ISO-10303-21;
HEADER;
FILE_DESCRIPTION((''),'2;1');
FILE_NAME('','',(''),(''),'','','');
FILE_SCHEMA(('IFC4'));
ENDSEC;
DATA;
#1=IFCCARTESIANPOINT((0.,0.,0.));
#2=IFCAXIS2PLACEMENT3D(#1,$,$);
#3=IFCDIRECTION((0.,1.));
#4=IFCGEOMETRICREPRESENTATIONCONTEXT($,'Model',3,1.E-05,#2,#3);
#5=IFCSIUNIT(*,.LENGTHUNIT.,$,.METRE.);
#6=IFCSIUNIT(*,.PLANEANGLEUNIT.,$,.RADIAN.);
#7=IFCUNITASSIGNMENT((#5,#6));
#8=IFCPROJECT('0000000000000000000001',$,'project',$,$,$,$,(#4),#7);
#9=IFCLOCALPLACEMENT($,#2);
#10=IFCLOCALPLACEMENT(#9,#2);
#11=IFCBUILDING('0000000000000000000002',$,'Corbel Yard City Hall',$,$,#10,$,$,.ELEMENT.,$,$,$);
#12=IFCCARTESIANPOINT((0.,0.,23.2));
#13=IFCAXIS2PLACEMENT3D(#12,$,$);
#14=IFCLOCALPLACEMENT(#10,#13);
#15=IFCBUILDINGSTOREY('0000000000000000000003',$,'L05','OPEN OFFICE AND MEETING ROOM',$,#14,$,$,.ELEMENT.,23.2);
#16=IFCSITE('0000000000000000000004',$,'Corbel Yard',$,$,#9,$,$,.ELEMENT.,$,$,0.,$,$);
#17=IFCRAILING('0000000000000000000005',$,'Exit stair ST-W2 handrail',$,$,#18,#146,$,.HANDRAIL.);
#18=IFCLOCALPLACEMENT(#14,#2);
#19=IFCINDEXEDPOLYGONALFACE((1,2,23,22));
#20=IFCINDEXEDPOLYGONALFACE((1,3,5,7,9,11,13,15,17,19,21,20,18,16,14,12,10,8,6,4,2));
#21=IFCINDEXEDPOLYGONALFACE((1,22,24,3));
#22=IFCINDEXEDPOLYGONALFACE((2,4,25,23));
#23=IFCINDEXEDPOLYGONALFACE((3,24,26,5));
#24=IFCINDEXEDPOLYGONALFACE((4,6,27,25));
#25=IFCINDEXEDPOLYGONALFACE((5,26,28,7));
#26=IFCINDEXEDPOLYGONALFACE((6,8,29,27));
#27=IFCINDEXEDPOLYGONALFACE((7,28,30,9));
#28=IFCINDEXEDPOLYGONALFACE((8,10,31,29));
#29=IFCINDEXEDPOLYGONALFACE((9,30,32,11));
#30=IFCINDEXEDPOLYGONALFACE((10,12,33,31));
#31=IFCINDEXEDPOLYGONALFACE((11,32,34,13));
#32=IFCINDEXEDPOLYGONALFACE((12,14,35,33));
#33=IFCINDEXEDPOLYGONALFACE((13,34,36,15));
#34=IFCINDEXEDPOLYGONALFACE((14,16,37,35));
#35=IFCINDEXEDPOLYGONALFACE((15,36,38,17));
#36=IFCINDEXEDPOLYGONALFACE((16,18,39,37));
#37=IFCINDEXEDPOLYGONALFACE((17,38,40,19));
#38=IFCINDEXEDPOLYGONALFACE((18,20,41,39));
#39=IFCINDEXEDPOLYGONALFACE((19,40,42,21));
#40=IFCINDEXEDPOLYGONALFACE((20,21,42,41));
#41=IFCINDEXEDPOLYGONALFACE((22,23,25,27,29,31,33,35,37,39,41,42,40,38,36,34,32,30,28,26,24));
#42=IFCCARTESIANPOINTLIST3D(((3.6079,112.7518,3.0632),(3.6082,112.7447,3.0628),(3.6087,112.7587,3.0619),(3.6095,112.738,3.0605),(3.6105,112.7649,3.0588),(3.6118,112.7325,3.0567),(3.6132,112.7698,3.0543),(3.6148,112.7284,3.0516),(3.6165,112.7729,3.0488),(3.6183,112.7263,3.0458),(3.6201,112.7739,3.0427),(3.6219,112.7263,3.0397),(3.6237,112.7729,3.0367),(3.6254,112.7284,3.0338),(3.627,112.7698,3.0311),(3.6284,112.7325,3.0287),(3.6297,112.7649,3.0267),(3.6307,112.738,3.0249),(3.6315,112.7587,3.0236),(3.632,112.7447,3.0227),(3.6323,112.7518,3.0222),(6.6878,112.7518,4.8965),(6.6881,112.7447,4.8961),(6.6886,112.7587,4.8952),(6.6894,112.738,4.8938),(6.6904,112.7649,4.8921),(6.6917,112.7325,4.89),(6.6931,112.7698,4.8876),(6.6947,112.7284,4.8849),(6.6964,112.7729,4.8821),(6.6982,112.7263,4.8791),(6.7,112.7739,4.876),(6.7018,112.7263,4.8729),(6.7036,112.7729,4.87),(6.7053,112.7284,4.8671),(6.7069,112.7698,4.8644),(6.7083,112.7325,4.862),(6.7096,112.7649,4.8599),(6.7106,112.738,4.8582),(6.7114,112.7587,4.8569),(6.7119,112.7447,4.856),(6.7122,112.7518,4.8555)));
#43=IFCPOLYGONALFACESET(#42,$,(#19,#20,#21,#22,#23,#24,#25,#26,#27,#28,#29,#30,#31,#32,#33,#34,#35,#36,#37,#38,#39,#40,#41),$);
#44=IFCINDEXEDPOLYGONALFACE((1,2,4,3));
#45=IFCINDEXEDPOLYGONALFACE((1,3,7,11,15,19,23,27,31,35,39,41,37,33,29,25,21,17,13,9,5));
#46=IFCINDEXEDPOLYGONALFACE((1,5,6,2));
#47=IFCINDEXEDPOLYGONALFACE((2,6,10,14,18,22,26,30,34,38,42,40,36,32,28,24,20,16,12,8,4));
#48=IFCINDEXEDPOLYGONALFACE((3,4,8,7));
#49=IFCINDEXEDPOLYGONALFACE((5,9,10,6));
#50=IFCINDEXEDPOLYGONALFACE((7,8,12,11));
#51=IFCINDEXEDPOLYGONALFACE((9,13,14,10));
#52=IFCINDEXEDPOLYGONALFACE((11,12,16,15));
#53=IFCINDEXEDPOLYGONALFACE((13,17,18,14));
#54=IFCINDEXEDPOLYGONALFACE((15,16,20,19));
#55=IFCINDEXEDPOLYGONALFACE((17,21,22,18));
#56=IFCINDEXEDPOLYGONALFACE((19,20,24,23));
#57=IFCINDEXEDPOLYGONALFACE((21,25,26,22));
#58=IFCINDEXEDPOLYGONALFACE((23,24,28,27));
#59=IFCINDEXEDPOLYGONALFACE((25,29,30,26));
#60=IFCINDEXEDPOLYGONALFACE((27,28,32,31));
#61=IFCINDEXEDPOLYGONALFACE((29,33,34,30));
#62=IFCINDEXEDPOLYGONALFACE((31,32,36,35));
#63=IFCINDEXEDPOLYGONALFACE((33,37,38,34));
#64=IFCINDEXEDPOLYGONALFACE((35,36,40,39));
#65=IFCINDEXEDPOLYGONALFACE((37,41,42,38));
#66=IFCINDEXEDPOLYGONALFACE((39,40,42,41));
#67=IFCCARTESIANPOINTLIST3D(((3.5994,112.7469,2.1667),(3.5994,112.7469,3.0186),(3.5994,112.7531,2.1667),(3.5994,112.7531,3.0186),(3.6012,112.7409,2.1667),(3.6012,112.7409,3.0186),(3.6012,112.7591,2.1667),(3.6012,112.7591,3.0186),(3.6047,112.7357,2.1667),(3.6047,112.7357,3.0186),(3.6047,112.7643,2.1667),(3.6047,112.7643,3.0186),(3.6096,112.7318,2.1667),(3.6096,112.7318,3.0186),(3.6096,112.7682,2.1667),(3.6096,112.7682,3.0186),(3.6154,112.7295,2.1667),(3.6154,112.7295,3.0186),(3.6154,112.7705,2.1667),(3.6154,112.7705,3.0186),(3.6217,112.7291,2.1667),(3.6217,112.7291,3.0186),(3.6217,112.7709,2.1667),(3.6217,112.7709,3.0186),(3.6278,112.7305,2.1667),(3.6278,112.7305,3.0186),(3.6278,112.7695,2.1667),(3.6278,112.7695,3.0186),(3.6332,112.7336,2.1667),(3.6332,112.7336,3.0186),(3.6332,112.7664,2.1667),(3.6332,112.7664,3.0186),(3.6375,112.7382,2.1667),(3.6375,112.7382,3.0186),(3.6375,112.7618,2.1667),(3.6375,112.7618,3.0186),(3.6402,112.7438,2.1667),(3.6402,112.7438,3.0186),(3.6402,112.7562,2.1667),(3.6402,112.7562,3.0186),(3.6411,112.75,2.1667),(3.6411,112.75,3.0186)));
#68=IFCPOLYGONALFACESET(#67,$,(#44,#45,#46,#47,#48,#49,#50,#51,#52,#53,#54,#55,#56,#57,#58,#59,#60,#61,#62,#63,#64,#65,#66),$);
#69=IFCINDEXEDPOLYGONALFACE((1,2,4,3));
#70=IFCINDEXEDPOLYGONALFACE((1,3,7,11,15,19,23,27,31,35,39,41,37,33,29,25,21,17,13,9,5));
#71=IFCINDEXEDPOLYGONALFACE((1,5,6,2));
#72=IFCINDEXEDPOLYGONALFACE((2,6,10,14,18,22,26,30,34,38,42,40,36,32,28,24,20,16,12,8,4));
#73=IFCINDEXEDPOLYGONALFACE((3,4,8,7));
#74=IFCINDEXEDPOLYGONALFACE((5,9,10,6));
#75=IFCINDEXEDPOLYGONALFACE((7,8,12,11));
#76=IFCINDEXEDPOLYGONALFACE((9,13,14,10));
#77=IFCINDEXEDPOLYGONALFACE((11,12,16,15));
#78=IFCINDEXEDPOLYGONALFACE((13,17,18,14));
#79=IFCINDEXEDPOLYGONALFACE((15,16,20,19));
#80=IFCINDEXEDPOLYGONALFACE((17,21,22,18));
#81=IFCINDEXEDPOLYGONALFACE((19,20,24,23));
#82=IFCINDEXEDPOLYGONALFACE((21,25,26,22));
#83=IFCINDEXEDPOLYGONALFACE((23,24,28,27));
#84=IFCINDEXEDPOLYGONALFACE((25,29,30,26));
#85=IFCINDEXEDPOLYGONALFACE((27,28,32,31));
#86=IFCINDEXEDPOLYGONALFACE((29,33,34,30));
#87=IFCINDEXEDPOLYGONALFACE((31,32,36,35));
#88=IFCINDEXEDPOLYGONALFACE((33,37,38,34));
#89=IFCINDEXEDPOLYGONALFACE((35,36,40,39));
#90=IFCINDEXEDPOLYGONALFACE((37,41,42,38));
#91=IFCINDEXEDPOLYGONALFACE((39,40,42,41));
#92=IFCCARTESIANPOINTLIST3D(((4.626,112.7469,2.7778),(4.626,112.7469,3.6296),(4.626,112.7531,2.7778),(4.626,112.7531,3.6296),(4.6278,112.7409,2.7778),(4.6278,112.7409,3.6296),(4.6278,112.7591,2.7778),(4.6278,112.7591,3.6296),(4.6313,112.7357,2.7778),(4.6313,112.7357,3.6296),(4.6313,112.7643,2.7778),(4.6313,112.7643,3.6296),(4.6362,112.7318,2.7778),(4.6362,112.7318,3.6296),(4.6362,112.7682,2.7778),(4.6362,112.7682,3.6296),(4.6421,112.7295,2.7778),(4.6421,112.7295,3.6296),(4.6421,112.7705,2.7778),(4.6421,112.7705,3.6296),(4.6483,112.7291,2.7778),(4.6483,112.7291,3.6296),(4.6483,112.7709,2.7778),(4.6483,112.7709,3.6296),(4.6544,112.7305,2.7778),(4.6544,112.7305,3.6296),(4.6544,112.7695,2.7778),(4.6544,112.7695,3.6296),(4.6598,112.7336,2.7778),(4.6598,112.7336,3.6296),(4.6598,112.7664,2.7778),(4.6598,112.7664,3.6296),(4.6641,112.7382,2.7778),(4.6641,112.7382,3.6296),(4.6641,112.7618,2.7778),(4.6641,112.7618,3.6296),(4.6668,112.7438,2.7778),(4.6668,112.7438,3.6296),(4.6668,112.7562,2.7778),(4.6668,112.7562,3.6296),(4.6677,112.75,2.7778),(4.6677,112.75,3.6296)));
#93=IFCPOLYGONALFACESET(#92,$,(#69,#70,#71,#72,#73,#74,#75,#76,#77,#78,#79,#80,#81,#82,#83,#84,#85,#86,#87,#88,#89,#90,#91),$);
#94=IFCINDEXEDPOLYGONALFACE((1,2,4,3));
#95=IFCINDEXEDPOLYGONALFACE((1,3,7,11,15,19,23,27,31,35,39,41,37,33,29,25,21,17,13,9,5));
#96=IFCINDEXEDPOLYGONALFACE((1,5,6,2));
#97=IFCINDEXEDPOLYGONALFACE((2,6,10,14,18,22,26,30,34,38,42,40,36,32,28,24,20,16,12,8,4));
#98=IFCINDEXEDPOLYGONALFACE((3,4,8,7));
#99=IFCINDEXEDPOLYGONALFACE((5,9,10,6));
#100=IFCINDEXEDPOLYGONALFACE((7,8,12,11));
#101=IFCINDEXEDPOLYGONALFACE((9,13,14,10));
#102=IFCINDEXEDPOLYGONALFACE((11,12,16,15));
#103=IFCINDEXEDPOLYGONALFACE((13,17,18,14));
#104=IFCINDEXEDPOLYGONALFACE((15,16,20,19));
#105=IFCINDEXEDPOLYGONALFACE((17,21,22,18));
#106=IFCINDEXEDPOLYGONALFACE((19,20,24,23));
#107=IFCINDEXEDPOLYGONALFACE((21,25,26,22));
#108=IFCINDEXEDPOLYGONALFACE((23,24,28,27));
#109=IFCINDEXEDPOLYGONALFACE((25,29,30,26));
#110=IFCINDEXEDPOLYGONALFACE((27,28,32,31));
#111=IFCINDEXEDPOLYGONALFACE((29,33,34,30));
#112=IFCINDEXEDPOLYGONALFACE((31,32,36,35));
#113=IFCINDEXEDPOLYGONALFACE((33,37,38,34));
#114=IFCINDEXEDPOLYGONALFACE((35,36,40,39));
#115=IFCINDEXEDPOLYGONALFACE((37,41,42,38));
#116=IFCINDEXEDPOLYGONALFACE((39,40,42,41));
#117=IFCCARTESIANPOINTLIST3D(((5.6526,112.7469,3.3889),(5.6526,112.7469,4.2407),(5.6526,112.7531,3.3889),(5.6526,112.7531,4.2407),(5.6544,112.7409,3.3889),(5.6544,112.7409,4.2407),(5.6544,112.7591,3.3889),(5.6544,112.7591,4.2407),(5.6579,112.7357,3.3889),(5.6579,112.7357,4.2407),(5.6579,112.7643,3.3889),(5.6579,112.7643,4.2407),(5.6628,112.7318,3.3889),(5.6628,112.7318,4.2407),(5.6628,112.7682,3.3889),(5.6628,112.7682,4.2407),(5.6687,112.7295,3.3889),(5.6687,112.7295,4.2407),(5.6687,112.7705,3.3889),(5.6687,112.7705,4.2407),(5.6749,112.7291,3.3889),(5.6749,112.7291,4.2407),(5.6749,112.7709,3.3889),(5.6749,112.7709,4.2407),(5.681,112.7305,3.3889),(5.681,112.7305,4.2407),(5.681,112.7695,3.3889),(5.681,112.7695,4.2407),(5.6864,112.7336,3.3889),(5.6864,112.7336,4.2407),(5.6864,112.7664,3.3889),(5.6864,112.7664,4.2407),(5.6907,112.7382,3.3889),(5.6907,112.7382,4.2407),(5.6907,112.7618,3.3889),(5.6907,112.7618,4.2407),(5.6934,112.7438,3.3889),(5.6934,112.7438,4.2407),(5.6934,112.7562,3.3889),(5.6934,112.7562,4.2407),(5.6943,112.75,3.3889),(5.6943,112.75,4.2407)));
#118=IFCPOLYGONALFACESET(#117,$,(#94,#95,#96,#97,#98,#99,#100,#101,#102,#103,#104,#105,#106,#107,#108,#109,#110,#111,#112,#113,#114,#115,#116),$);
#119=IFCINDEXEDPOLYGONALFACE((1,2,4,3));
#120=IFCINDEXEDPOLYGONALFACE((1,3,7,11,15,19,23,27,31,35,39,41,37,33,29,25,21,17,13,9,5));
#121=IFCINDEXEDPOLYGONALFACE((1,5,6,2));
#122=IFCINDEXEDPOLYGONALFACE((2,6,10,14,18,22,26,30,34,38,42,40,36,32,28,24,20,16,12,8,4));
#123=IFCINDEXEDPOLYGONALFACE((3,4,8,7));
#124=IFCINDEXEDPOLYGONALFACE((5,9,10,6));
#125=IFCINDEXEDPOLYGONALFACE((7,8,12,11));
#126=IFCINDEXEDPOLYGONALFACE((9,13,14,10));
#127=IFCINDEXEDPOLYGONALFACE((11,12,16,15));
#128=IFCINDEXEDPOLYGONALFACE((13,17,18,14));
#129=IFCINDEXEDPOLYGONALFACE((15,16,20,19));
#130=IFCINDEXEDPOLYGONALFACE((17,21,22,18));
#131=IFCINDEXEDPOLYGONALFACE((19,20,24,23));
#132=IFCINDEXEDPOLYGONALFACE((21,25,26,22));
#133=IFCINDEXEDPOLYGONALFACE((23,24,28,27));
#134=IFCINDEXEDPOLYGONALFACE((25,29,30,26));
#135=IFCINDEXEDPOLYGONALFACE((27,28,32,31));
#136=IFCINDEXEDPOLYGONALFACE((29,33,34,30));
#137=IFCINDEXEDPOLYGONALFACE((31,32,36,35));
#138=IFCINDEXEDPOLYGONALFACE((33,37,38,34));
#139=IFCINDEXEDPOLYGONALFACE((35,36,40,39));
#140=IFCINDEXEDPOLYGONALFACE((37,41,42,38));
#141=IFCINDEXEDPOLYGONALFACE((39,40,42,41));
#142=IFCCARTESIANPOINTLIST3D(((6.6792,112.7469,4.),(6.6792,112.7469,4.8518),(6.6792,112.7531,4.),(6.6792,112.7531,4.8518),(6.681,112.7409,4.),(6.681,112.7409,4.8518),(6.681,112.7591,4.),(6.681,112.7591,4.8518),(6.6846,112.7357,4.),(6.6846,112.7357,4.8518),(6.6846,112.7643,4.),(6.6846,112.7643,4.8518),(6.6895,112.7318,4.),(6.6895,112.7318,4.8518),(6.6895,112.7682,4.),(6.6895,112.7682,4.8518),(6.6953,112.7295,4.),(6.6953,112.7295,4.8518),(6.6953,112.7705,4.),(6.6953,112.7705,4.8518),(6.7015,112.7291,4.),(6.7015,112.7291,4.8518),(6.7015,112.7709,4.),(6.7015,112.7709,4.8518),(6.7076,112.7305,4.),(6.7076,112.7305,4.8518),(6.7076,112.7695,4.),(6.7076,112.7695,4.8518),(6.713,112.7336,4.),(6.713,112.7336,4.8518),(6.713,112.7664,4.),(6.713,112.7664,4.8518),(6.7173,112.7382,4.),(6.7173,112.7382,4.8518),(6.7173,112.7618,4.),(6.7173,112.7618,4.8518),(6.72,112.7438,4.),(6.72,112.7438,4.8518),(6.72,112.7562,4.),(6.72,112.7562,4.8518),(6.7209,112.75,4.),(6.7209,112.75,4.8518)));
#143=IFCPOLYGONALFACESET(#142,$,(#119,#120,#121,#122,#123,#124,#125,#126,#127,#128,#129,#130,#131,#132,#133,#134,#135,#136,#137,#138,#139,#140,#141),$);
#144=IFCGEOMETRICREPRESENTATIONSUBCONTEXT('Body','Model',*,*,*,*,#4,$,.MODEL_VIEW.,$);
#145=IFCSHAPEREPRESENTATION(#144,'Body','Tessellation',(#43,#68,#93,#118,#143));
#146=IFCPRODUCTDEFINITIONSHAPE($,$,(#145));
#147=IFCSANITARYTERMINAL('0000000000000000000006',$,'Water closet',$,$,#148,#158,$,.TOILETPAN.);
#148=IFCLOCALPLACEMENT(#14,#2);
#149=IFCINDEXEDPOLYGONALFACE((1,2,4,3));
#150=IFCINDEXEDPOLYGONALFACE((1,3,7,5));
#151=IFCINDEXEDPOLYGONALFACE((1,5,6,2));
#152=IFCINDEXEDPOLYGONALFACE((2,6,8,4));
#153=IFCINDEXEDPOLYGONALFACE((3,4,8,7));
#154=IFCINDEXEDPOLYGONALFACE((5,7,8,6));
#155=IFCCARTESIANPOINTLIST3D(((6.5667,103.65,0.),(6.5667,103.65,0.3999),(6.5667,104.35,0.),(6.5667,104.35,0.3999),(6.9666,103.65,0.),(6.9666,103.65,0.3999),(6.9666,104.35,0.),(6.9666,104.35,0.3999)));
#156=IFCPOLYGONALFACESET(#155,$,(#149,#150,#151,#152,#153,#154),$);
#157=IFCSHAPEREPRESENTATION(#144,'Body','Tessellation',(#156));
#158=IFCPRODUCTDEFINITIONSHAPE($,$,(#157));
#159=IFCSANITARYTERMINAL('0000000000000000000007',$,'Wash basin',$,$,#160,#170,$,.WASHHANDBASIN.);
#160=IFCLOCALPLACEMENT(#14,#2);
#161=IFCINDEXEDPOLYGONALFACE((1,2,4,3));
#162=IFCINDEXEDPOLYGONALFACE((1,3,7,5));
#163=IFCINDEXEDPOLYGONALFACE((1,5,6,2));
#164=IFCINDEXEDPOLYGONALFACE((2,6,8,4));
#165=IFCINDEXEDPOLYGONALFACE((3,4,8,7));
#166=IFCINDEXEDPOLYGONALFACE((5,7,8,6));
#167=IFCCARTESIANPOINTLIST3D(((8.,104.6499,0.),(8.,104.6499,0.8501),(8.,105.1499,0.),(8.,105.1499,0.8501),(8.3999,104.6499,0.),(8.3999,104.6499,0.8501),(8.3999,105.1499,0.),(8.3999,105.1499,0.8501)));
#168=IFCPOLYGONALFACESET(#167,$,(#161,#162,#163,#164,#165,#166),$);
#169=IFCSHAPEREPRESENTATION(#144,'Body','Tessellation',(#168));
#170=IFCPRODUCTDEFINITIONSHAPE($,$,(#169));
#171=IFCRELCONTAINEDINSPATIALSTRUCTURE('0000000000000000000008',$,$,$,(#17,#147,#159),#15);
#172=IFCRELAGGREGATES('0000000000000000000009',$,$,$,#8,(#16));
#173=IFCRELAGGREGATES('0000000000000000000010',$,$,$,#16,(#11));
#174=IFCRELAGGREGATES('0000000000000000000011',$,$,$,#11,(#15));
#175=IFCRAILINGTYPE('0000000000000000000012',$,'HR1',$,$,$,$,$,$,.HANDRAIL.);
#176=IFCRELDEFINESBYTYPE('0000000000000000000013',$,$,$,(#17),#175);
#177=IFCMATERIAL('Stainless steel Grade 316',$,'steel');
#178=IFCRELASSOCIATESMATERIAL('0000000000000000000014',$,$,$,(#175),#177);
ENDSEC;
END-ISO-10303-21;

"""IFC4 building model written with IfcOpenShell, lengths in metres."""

from ifc_helpers import new_model, si_unit, direction, frame, origin, origin_2d, place, context, subcontext, project, spatial, rectangle, circle, extrude, material, type_object, element, save


model = new_model("IFC4")

# Units and contexts
model_context = context("Model", 3, precision=1e-05, world=origin(), true_north=direction((0.0, 1.0)))
body_context = subcontext(model_context, "Body", "Model", "MODEL_VIEW")
ifc_project = project(units=[si_unit("LENGTHUNIT", "METRE"), si_unit("PLANEANGLEUNIT", "RADIAN")], contexts=[model_context])

# Site, building, storey
site_placement = place(None, origin())
site = spatial("IfcSite", under=ifc_project, at=site_placement, Name="Corbel Yard", CompositionType="ELEMENT", RefElevation=0.0)
building_placement = place(site_placement, origin())
building = spatial("IfcBuilding", under=site, at=building_placement, Name="Corbel Yard City Hall", CompositionType="ELEMENT")
storey_placement = place(building_placement, frame((0.0, 0.0, 23.2)))
storey = spatial("IfcBuildingStorey", under=building, at=storey_placement, Name="L05", Description="OPEN OFFICE AND MEETING ROOM", CompositionType="ELEMENT", Elevation=23.2)

# Shared definitions
ifc_material_1 = material(Name="Stainless steel Grade 316", Category="steel")

# Railing
railing_type = type_object("IfcRailingType", Name="HR1", PredefinedType="HANDRAIL", material=ifc_material_1)
for number, where, name in (
    (1, (3.6201, 112.75, 2.1667), "Exit stair ST-W2 handrail"),
):
    element("IfcRailing", number, at=place(storey_placement, frame(where)), inside=storey, type_object=railing_type, Name=name, PredefinedType="HANDRAIL", context=body_context, shape_type="SweptSolid", body=[
        extrude(circle(Radius=0.0239, at=origin_2d()), frame((0.0, 0.0, 0.876), z_axis=(0.859291, 0.0, 0.511487), x_axis=(0.0, 1.0, 0.0)), (0.0, 0.0, 1.0), 3.5842),
        extrude(circle(Radius=0.021, at=origin_2d()), origin(), (0.0, 0.0, 1.0), 0.8518),
        extrude(circle(Radius=0.021, at=origin_2d()), frame((1.0266, 0.0, 0.6111)), (0.0, 0.0, 1.0), 0.8518),
        extrude(circle(Radius=0.021, at=origin_2d()), frame((2.0532, 0.0, 1.2222)), (0.0, 0.0, 1.0), 0.8518),
        extrude(circle(Radius=0.021, at=origin_2d()), frame((3.0798, 0.0, 1.8333)), (0.0, 0.0, 1.0), 0.8518),
    ])

# Sanitary terminals
sanitary_terminal_1_placement = place(storey_placement, frame((6.7666, 104.0, 0.0), z_axis=(0.0, 0.0, 1.0), x_axis=(1.0, 0.0, 0.0)))
element("IfcSanitaryTerminal", 2, at=sanitary_terminal_1_placement, inside=storey, Name="Water closet", PredefinedType="TOILETPAN", context=body_context, shape_type="SweptSolid", body=[
    extrude(rectangle(XDim=0.3999, YDim=0.7, at=origin_2d()), origin(), (0.0, 0.0, 1.0), 0.3999),
])
sanitary_terminal_2_placement = place(storey_placement, frame((8.2, 104.8999, 0.0), z_axis=(0.0, 0.0, 1.0), x_axis=(1.0, 0.0, 0.0)))
element("IfcSanitaryTerminal", 3, at=sanitary_terminal_2_placement, inside=storey, Name="Wash basin", PredefinedType="WASHHANDBASIN", context=body_context, shape_type="SweptSolid", body=[
    extrude(rectangle(XDim=0.3999, YDim=0.5, at=origin_2d()), origin(), (0.0, 0.0, 1.0), 0.8501),
])

save(model, "model.ifc")
